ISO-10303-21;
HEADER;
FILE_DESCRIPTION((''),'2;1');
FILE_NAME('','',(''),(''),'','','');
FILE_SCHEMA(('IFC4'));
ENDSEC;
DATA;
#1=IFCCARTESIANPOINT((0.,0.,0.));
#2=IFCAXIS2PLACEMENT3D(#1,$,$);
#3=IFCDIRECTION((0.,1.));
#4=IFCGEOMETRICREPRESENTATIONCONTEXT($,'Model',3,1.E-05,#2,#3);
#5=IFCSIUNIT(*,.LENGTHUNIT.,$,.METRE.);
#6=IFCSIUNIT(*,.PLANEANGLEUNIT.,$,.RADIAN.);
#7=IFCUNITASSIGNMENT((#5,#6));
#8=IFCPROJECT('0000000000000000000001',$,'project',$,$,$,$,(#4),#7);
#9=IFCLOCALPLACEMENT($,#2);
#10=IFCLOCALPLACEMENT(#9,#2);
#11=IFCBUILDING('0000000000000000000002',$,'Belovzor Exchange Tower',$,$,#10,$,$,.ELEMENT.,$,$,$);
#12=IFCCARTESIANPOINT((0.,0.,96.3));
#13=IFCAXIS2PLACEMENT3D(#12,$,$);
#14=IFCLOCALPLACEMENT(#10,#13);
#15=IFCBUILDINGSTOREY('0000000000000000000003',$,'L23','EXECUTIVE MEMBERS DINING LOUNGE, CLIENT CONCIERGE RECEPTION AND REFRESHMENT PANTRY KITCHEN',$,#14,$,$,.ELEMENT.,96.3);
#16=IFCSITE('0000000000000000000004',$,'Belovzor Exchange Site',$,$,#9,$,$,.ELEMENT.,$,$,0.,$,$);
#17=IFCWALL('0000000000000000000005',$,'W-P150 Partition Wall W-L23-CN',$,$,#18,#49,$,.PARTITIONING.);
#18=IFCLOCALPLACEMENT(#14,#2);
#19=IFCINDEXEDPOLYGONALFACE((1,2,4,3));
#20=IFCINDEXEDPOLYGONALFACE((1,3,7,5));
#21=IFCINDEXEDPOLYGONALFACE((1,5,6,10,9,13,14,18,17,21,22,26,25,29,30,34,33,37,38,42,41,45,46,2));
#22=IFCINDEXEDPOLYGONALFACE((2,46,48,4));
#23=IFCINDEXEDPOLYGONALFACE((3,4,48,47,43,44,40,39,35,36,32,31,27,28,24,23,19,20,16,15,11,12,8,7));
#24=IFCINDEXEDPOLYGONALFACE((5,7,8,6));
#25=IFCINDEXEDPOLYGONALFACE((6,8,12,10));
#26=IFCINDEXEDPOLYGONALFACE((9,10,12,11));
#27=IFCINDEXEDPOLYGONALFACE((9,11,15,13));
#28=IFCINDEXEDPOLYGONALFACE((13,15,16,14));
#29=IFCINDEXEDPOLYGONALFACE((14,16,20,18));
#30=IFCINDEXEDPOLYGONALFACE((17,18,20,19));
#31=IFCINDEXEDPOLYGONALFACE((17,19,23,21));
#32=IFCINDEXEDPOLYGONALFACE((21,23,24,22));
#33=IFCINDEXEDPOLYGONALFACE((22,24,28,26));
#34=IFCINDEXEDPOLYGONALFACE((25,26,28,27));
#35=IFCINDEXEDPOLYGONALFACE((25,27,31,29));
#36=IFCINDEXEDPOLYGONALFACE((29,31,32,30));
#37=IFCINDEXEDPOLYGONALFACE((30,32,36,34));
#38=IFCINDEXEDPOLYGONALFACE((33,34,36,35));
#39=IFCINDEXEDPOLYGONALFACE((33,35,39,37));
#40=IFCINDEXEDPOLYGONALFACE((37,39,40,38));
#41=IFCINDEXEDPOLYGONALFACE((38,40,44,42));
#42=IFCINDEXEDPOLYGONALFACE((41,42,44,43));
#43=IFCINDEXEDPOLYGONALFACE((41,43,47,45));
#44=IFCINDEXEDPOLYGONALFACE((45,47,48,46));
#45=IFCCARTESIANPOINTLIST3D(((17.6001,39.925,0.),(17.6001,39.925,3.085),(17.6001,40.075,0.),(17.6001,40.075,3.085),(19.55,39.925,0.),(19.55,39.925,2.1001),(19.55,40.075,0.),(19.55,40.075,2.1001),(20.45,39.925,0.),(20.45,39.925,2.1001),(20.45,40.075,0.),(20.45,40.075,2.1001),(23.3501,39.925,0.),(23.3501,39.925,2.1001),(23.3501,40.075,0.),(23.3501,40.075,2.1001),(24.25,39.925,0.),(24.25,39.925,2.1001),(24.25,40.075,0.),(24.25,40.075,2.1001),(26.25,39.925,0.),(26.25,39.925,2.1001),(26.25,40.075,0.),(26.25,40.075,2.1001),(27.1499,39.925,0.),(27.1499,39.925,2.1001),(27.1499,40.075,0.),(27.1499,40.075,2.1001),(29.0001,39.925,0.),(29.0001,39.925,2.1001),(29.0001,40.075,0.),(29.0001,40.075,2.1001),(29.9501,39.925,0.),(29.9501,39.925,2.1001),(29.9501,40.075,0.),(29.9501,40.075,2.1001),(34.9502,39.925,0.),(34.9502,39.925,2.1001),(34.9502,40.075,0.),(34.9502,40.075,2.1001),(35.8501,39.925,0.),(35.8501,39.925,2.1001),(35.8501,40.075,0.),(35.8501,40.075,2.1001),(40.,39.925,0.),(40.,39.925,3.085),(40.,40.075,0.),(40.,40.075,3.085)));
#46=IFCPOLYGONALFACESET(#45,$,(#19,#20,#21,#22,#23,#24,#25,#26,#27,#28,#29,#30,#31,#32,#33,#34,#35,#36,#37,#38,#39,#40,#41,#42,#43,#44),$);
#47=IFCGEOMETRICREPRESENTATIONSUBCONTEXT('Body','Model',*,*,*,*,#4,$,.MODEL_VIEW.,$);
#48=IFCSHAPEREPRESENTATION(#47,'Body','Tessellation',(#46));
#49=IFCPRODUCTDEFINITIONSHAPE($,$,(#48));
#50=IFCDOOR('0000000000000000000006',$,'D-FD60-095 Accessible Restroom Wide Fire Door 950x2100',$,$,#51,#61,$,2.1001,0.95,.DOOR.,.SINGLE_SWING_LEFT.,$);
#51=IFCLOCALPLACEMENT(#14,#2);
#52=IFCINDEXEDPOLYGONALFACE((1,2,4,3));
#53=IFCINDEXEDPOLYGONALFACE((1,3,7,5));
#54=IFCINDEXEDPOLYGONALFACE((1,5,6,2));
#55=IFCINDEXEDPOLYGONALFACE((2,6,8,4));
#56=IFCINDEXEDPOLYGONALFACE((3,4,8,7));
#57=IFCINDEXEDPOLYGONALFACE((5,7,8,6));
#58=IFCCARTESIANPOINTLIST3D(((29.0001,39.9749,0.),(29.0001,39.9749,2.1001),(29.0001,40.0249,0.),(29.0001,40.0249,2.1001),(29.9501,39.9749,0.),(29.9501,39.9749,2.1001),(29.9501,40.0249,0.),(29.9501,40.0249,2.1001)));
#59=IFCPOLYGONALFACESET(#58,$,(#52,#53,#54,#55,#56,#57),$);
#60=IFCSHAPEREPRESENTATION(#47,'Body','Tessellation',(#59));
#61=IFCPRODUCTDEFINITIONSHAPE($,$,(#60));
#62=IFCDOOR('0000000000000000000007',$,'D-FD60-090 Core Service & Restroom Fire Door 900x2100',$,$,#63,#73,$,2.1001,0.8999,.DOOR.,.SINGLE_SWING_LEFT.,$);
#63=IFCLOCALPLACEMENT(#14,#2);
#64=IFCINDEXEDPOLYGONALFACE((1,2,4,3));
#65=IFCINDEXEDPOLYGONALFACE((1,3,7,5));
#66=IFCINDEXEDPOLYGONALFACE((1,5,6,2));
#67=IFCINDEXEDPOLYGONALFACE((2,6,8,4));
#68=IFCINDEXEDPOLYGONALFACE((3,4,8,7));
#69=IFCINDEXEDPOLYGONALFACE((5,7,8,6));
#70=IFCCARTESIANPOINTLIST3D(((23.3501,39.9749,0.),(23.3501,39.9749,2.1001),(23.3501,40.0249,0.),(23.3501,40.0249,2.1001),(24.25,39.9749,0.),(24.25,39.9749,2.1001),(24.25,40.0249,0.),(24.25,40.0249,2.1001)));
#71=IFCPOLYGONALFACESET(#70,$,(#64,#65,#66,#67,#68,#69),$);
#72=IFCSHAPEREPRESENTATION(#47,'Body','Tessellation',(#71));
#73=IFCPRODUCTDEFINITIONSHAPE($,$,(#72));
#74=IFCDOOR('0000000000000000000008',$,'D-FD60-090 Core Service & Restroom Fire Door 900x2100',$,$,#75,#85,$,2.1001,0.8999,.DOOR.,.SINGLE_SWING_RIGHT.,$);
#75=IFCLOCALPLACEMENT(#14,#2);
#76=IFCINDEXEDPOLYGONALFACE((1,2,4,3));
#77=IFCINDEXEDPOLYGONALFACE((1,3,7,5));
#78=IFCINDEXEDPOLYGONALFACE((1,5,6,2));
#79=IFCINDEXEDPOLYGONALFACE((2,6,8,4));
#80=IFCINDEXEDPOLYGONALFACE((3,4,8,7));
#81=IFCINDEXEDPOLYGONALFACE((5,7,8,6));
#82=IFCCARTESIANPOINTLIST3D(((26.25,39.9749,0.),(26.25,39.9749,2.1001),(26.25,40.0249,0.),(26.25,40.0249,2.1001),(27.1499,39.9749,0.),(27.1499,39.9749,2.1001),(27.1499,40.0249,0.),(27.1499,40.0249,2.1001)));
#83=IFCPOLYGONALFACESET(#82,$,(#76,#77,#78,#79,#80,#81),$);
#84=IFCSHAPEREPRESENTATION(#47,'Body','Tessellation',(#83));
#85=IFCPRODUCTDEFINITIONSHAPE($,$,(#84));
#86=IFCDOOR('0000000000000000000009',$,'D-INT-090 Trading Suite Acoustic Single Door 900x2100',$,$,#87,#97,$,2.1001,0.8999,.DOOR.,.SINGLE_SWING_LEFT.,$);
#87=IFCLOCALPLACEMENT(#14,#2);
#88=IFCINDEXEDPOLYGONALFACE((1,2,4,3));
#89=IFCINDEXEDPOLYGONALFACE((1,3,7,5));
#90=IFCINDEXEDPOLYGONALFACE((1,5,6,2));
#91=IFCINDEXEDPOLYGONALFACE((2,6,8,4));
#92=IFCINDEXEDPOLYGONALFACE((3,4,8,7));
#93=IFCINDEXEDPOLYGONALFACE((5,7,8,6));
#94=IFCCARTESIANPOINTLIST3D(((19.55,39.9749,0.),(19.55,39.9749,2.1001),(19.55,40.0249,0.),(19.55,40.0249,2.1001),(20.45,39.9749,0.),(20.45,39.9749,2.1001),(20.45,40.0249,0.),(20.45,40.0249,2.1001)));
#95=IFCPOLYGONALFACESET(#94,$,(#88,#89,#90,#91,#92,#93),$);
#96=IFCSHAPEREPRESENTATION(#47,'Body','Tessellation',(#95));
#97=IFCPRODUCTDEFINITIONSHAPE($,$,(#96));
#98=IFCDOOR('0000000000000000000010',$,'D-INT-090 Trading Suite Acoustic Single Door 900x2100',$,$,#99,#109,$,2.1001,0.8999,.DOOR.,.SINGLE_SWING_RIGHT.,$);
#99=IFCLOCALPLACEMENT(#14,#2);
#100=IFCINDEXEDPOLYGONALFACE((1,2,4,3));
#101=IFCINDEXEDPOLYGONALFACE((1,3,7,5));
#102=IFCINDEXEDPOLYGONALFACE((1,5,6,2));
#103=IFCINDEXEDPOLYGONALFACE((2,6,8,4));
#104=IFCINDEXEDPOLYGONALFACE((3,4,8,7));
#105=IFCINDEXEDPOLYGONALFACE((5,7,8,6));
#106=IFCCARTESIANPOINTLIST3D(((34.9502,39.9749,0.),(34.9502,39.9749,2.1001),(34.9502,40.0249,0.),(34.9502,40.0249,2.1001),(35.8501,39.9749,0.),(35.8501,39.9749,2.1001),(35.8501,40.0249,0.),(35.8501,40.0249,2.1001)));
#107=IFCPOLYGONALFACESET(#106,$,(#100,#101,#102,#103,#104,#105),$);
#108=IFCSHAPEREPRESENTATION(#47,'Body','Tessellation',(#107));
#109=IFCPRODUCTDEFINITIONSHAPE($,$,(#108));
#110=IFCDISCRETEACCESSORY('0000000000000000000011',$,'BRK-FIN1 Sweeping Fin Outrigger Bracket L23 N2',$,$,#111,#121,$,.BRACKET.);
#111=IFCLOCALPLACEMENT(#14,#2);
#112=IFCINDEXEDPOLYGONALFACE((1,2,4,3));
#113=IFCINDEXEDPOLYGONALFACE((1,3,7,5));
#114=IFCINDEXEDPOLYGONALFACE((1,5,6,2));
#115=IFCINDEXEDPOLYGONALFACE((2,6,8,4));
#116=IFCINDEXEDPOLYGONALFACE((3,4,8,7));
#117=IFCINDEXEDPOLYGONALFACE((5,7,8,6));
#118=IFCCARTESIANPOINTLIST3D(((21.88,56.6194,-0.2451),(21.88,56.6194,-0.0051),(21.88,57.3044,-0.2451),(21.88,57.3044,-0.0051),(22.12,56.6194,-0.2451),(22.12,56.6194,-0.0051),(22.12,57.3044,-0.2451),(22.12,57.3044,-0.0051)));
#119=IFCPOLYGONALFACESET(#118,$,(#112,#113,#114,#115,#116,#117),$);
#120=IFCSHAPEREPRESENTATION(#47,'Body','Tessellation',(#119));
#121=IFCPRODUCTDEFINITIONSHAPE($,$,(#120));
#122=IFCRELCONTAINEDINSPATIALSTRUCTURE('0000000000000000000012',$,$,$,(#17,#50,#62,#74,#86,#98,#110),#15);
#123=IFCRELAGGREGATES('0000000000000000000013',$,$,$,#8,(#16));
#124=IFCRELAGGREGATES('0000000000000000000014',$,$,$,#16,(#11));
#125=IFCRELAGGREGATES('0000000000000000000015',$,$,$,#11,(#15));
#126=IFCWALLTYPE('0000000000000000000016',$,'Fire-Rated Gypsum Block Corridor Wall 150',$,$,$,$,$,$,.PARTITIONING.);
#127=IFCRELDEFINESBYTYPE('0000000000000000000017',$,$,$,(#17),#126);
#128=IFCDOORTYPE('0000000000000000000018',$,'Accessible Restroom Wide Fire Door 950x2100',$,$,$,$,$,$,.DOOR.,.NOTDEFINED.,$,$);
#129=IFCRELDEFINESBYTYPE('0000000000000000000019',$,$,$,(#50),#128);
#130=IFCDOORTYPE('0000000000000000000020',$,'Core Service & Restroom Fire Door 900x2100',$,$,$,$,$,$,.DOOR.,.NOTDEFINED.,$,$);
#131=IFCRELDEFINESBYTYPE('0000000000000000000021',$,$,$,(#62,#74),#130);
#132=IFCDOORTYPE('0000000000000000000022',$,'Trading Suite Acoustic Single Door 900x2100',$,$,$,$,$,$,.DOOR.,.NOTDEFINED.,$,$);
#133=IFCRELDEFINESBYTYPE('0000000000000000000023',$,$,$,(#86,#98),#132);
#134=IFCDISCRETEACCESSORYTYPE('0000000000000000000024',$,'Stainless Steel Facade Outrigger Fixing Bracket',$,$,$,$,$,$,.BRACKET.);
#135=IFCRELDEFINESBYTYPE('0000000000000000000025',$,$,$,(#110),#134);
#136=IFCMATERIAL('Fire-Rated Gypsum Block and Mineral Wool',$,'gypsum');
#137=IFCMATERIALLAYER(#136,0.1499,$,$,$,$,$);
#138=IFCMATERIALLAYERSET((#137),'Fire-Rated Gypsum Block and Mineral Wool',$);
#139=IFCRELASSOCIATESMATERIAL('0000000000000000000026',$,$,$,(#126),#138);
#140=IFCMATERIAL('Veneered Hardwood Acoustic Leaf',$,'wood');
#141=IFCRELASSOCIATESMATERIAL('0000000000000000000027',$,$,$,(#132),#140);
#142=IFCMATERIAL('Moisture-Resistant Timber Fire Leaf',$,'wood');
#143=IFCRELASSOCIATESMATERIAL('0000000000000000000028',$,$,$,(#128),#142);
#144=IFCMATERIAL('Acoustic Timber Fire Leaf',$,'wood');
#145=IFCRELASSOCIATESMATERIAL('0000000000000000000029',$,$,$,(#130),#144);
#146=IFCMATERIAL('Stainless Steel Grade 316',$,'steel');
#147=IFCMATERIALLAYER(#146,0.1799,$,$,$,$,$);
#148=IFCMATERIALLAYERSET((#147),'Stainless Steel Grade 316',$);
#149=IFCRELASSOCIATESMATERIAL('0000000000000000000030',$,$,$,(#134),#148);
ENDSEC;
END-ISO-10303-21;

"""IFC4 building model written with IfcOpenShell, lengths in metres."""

from ifc_helpers import new_model, si_unit, direction, frame, frame_2d, origin, origin_2d, place, context, subcontext, project, spatial, rectangle, extrude, material, layer, layer_set, type_object, element, fill, save


model = new_model("IFC4")

# Units and contexts
model_context = context("Model", 3, precision=1e-05, world=origin(), true_north=direction((0.0, 1.0)))
body_context = subcontext(model_context, "Body", "Model", "MODEL_VIEW")
ifc_project = project(units=[si_unit("LENGTHUNIT", "METRE"), si_unit("PLANEANGLEUNIT", "RADIAN")], contexts=[model_context])

# Site, building, storey
site_placement = place(None, origin())
site = spatial("IfcSite", under=ifc_project, at=site_placement, Name="Belovzor Exchange Site", CompositionType="ELEMENT", RefElevation=0.0)
building_placement = place(site_placement, origin())
building = spatial("IfcBuilding", under=site, at=building_placement, Name="Belovzor Exchange Tower", CompositionType="ELEMENT")
storey_placement = place(building_placement, frame((0.0, 0.0, 96.3)))
storey = spatial("IfcBuildingStorey", under=building, at=storey_placement, Name="L23", Description="EXECUTIVE MEMBERS DINING LOUNGE, CLIENT CONCIERGE RECEPTION AND REFRESHMENT PANTRY KITCHEN", CompositionType="ELEMENT", Elevation=96.3)

# Shared definitions
ifc_material_1 = material(Name="Fire-Rated Gypsum Block and Mineral Wool", Category="gypsum")
ifc_layer_1 = layer(ifc_material_1, 0.1499)
ifc_layer_set_1 = layer_set([ifc_layer_1], Name="Fire-Rated Gypsum Block and Mineral Wool")
wall_type_1 = type_object("IfcWallType", Name="Fire-Rated Gypsum Block Corridor Wall 150", PredefinedType="PARTITIONING", material=ifc_layer_set_1)

# Shared definitions
ifc_material_2 = material(Name="Veneered Hardwood Acoustic Leaf", Category="wood")
door_type_1 = type_object("IfcDoorType", Name="Trading Suite Acoustic Single Door 900x2100", OperationType="NOTDEFINED", PredefinedType="DOOR", material=ifc_material_2)

# Wall, openings, doors
wall_1_placement = place(storey_placement, frame((17.6001, 40.0, 0.0), z_axis=(0.0, 0.0, 1.0), x_axis=(1.0, 0.0, 0.0)))
wall_1 = element("IfcWall", 1, at=wall_1_placement, inside=storey, type_object=wall_type_1, Name="W-P150 Partition Wall W-L23-CN", PredefinedType="PARTITIONING", context=body_context, shape_type="SweptSolid", body=[
    extrude(rectangle(XDim=22.3999, YDim=0.1499, at=frame_2d((11.2, 0.0))), origin(), (0.0, 0.0, 1.0), 3.085),
])
opening_1_placement = place(wall_1_placement, frame((1.95, 0.0, 0.0)))
opening_1 = element("IfcOpeningElement", 2, at=opening_1_placement, cuts=wall_1, PredefinedType="OPENING", context=body_context, shape_type="SweptSolid", body=[
    extrude(rectangle(XDim=0.8999, YDim=2.1001, at=frame_2d((0.45, 1.05))), frame((0.0, 0.085, 0.0), z_axis=(0.0, -1.0, 0.0), x_axis=(1.0, 0.0, 0.0)), (0.0, 0.0, 1.0), 0.1699),
])
opening_2_placement = place(wall_1_placement, frame((5.75, 0.0, 0.0)))
opening_2 = element("IfcOpeningElement", 3, at=opening_2_placement, cuts=wall_1, PredefinedType="OPENING", context=body_context, shape_type="SweptSolid", body=[
    extrude(rectangle(XDim=0.8999, YDim=2.1001, at=frame_2d((0.45, 1.05))), frame((0.0, 0.085, 0.0), z_axis=(0.0, -1.0, 0.0), x_axis=(1.0, 0.0, 0.0)), (0.0, 0.0, 1.0), 0.1699),
])
opening_3_placement = place(wall_1_placement, frame((8.6499, 0.0, 0.0)))
opening_3 = element("IfcOpeningElement", 4, at=opening_3_placement, cuts=wall_1, PredefinedType="OPENING", context=body_context, shape_type="SweptSolid", body=[
    extrude(rectangle(XDim=0.8999, YDim=2.1001, at=frame_2d((0.45, 1.05))), frame((0.0, 0.085, 0.0), z_axis=(0.0, -1.0, 0.0), x_axis=(1.0, 0.0, 0.0)), (0.0, 0.0, 1.0), 0.1699),
])
opening_4_placement = place(wall_1_placement, frame((11.3999, 0.0, 0.0)))
opening_4 = element("IfcOpeningElement", 5, at=opening_4_placement, cuts=wall_1, PredefinedType="OPENING", context=body_context, shape_type="SweptSolid", body=[
    extrude(rectangle(XDim=0.95, YDim=2.1001, at=frame_2d((0.4751, 1.05))), frame((0.0, 0.085, 0.0), z_axis=(0.0, -1.0, 0.0), x_axis=(1.0, 0.0, 0.0)), (0.0, 0.0, 1.0), 0.1699),
])
opening_5_placement = place(wall_1_placement, frame((17.3501, 0.0, 0.0)))
opening_5 = element("IfcOpeningElement", 6, at=opening_5_placement, cuts=wall_1, PredefinedType="OPENING", context=body_context, shape_type="SweptSolid", body=[
    extrude(rectangle(XDim=0.8999, YDim=2.1001, at=frame_2d((0.45, 1.05))), frame((0.0, 0.085, 0.0), z_axis=(0.0, -1.0, 0.0), x_axis=(1.0, 0.0, 0.0)), (0.0, 0.0, 1.0), 0.1699),
])
ifc_material_3 = material(Name="Moisture-Resistant Timber Fire Leaf", Category="wood")
door_type_2 = type_object("IfcDoorType", Name="Accessible Restroom Wide Fire Door 950x2100", OperationType="NOTDEFINED", PredefinedType="DOOR", material=ifc_material_3)
door_1_placement = place(opening_4_placement, origin())
door_1 = element("IfcDoor", 7, at=door_1_placement, inside=storey, type_object=door_type_2, Name="D-FD60-095 Accessible Restroom Wide Fire Door 950x2100", OperationType="SINGLE_SWING_LEFT", OverallHeight=2.1001, OverallWidth=0.95, PredefinedType="DOOR", context=body_context, shape_type="SweptSolid", body=[
    extrude(rectangle(XDim=0.95, YDim=2.1001, at=frame_2d((0.4751, 1.05))), frame((0.0, 0.0249, 0.0), z_axis=(0.0, -1.0, 0.0), x_axis=(1.0, 0.0, 0.0)), (0.0, 0.0, 1.0), 0.05),
])
fill(opening_4, door_1)
ifc_material_4 = material(Name="Acoustic Timber Fire Leaf", Category="wood")
door_type_3 = type_object("IfcDoorType", Name="Core Service & Restroom Fire Door 900x2100", OperationType="NOTDEFINED", PredefinedType="DOOR", material=ifc_material_4)
door_2_placement = place(opening_2_placement, origin())
door_2 = element("IfcDoor", 8, at=door_2_placement, inside=storey, type_object=door_type_3, Name="D-FD60-090 Core Service & Restroom Fire Door 900x2100", OperationType="SINGLE_SWING_LEFT", OverallHeight=2.1001, OverallWidth=0.8999, PredefinedType="DOOR", context=body_context, shape_type="SweptSolid", body=[
    extrude(rectangle(XDim=0.8999, YDim=2.1001, at=frame_2d((0.45, 1.05))), frame((0.0, 0.0249, 0.0), z_axis=(0.0, -1.0, 0.0), x_axis=(1.0, 0.0, 0.0)), (0.0, 0.0, 1.0), 0.05),
])
fill(opening_2, door_2)
door_3_placement = place(opening_3_placement, origin())
door_3 = element("IfcDoor", 9, at=door_3_placement, inside=storey, type_object=door_type_3, Name="D-FD60-090 Core Service & Restroom Fire Door 900x2100", OperationType="SINGLE_SWING_RIGHT", OverallHeight=2.1001, OverallWidth=0.8999, PredefinedType="DOOR", context=body_context, shape_type="SweptSolid", body=[
    extrude(rectangle(XDim=0.8999, YDim=2.1001, at=frame_2d((0.45, 1.05))), frame((0.0, 0.0249, 0.0), z_axis=(0.0, -1.0, 0.0), x_axis=(1.0, 0.0, 0.0)), (0.0, 0.0, 1.0), 0.05),
])
fill(opening_3, door_3)
door_4_placement = place(opening_1_placement, origin())
door_4 = element("IfcDoor", 10, at=door_4_placement, inside=storey, type_object=door_type_1, Name="D-INT-090 Trading Suite Acoustic Single Door 900x2100", OperationType="SINGLE_SWING_LEFT", OverallHeight=2.1001, OverallWidth=0.8999, PredefinedType="DOOR", context=body_context, shape_type="SweptSolid", body=[
    extrude(rectangle(XDim=0.8999, YDim=2.1001, at=frame_2d((0.45, 1.05))), frame((0.0, 0.0249, 0.0), z_axis=(0.0, -1.0, 0.0), x_axis=(1.0, 0.0, 0.0)), (0.0, 0.0, 1.0), 0.05),
])
fill(opening_1, door_4)
door_5_placement = place(opening_5_placement, origin())
door_5 = element("IfcDoor", 11, at=door_5_placement, inside=storey, type_object=door_type_1, Name="D-INT-090 Trading Suite Acoustic Single Door 900x2100", OperationType="SINGLE_SWING_RIGHT", OverallHeight=2.1001, OverallWidth=0.8999, PredefinedType="DOOR", context=body_context, shape_type="SweptSolid", body=[
    extrude(rectangle(XDim=0.8999, YDim=2.1001, at=frame_2d((0.45, 1.05))), frame((0.0, 0.0249, 0.0), z_axis=(0.0, -1.0, 0.0), x_axis=(1.0, 0.0, 0.0)), (0.0, 0.0, 1.0), 0.05),
])
fill(opening_5, door_5)

# Discrete accessory
ifc_material_5 = material(Name="Stainless Steel Grade 316", Category="steel")
ifc_layer_2 = layer(ifc_material_5, 0.1799)
ifc_layer_set_2 = layer_set([ifc_layer_2], Name="Stainless Steel Grade 316")
discrete_accessory_type = type_object("IfcDiscreteAccessoryType", Name="Stainless Steel Facade Outrigger Fixing Bracket", PredefinedType="BRACKET", material=ifc_layer_set_2)
discrete_accessory_placement = place(storey_placement, frame((22.0, 56.9619, -0.2451), z_axis=(0.0, 0.0, 1.0), x_axis=(0.0, 1.0, 0.0)))
element("IfcDiscreteAccessory", 12, at=discrete_accessory_placement, inside=storey, type_object=discrete_accessory_type, Name="BRK-FIN1 Sweeping Fin Outrigger Bracket L23 N2", PredefinedType="BRACKET", context=body_context, shape_type="SweptSolid", body=[
    extrude(rectangle(XDim=0.6851, YDim=0.24, at=origin_2d()), origin(), (0.0, 0.0, 1.0), 0.24),
])

save(model, "model.ifc")
